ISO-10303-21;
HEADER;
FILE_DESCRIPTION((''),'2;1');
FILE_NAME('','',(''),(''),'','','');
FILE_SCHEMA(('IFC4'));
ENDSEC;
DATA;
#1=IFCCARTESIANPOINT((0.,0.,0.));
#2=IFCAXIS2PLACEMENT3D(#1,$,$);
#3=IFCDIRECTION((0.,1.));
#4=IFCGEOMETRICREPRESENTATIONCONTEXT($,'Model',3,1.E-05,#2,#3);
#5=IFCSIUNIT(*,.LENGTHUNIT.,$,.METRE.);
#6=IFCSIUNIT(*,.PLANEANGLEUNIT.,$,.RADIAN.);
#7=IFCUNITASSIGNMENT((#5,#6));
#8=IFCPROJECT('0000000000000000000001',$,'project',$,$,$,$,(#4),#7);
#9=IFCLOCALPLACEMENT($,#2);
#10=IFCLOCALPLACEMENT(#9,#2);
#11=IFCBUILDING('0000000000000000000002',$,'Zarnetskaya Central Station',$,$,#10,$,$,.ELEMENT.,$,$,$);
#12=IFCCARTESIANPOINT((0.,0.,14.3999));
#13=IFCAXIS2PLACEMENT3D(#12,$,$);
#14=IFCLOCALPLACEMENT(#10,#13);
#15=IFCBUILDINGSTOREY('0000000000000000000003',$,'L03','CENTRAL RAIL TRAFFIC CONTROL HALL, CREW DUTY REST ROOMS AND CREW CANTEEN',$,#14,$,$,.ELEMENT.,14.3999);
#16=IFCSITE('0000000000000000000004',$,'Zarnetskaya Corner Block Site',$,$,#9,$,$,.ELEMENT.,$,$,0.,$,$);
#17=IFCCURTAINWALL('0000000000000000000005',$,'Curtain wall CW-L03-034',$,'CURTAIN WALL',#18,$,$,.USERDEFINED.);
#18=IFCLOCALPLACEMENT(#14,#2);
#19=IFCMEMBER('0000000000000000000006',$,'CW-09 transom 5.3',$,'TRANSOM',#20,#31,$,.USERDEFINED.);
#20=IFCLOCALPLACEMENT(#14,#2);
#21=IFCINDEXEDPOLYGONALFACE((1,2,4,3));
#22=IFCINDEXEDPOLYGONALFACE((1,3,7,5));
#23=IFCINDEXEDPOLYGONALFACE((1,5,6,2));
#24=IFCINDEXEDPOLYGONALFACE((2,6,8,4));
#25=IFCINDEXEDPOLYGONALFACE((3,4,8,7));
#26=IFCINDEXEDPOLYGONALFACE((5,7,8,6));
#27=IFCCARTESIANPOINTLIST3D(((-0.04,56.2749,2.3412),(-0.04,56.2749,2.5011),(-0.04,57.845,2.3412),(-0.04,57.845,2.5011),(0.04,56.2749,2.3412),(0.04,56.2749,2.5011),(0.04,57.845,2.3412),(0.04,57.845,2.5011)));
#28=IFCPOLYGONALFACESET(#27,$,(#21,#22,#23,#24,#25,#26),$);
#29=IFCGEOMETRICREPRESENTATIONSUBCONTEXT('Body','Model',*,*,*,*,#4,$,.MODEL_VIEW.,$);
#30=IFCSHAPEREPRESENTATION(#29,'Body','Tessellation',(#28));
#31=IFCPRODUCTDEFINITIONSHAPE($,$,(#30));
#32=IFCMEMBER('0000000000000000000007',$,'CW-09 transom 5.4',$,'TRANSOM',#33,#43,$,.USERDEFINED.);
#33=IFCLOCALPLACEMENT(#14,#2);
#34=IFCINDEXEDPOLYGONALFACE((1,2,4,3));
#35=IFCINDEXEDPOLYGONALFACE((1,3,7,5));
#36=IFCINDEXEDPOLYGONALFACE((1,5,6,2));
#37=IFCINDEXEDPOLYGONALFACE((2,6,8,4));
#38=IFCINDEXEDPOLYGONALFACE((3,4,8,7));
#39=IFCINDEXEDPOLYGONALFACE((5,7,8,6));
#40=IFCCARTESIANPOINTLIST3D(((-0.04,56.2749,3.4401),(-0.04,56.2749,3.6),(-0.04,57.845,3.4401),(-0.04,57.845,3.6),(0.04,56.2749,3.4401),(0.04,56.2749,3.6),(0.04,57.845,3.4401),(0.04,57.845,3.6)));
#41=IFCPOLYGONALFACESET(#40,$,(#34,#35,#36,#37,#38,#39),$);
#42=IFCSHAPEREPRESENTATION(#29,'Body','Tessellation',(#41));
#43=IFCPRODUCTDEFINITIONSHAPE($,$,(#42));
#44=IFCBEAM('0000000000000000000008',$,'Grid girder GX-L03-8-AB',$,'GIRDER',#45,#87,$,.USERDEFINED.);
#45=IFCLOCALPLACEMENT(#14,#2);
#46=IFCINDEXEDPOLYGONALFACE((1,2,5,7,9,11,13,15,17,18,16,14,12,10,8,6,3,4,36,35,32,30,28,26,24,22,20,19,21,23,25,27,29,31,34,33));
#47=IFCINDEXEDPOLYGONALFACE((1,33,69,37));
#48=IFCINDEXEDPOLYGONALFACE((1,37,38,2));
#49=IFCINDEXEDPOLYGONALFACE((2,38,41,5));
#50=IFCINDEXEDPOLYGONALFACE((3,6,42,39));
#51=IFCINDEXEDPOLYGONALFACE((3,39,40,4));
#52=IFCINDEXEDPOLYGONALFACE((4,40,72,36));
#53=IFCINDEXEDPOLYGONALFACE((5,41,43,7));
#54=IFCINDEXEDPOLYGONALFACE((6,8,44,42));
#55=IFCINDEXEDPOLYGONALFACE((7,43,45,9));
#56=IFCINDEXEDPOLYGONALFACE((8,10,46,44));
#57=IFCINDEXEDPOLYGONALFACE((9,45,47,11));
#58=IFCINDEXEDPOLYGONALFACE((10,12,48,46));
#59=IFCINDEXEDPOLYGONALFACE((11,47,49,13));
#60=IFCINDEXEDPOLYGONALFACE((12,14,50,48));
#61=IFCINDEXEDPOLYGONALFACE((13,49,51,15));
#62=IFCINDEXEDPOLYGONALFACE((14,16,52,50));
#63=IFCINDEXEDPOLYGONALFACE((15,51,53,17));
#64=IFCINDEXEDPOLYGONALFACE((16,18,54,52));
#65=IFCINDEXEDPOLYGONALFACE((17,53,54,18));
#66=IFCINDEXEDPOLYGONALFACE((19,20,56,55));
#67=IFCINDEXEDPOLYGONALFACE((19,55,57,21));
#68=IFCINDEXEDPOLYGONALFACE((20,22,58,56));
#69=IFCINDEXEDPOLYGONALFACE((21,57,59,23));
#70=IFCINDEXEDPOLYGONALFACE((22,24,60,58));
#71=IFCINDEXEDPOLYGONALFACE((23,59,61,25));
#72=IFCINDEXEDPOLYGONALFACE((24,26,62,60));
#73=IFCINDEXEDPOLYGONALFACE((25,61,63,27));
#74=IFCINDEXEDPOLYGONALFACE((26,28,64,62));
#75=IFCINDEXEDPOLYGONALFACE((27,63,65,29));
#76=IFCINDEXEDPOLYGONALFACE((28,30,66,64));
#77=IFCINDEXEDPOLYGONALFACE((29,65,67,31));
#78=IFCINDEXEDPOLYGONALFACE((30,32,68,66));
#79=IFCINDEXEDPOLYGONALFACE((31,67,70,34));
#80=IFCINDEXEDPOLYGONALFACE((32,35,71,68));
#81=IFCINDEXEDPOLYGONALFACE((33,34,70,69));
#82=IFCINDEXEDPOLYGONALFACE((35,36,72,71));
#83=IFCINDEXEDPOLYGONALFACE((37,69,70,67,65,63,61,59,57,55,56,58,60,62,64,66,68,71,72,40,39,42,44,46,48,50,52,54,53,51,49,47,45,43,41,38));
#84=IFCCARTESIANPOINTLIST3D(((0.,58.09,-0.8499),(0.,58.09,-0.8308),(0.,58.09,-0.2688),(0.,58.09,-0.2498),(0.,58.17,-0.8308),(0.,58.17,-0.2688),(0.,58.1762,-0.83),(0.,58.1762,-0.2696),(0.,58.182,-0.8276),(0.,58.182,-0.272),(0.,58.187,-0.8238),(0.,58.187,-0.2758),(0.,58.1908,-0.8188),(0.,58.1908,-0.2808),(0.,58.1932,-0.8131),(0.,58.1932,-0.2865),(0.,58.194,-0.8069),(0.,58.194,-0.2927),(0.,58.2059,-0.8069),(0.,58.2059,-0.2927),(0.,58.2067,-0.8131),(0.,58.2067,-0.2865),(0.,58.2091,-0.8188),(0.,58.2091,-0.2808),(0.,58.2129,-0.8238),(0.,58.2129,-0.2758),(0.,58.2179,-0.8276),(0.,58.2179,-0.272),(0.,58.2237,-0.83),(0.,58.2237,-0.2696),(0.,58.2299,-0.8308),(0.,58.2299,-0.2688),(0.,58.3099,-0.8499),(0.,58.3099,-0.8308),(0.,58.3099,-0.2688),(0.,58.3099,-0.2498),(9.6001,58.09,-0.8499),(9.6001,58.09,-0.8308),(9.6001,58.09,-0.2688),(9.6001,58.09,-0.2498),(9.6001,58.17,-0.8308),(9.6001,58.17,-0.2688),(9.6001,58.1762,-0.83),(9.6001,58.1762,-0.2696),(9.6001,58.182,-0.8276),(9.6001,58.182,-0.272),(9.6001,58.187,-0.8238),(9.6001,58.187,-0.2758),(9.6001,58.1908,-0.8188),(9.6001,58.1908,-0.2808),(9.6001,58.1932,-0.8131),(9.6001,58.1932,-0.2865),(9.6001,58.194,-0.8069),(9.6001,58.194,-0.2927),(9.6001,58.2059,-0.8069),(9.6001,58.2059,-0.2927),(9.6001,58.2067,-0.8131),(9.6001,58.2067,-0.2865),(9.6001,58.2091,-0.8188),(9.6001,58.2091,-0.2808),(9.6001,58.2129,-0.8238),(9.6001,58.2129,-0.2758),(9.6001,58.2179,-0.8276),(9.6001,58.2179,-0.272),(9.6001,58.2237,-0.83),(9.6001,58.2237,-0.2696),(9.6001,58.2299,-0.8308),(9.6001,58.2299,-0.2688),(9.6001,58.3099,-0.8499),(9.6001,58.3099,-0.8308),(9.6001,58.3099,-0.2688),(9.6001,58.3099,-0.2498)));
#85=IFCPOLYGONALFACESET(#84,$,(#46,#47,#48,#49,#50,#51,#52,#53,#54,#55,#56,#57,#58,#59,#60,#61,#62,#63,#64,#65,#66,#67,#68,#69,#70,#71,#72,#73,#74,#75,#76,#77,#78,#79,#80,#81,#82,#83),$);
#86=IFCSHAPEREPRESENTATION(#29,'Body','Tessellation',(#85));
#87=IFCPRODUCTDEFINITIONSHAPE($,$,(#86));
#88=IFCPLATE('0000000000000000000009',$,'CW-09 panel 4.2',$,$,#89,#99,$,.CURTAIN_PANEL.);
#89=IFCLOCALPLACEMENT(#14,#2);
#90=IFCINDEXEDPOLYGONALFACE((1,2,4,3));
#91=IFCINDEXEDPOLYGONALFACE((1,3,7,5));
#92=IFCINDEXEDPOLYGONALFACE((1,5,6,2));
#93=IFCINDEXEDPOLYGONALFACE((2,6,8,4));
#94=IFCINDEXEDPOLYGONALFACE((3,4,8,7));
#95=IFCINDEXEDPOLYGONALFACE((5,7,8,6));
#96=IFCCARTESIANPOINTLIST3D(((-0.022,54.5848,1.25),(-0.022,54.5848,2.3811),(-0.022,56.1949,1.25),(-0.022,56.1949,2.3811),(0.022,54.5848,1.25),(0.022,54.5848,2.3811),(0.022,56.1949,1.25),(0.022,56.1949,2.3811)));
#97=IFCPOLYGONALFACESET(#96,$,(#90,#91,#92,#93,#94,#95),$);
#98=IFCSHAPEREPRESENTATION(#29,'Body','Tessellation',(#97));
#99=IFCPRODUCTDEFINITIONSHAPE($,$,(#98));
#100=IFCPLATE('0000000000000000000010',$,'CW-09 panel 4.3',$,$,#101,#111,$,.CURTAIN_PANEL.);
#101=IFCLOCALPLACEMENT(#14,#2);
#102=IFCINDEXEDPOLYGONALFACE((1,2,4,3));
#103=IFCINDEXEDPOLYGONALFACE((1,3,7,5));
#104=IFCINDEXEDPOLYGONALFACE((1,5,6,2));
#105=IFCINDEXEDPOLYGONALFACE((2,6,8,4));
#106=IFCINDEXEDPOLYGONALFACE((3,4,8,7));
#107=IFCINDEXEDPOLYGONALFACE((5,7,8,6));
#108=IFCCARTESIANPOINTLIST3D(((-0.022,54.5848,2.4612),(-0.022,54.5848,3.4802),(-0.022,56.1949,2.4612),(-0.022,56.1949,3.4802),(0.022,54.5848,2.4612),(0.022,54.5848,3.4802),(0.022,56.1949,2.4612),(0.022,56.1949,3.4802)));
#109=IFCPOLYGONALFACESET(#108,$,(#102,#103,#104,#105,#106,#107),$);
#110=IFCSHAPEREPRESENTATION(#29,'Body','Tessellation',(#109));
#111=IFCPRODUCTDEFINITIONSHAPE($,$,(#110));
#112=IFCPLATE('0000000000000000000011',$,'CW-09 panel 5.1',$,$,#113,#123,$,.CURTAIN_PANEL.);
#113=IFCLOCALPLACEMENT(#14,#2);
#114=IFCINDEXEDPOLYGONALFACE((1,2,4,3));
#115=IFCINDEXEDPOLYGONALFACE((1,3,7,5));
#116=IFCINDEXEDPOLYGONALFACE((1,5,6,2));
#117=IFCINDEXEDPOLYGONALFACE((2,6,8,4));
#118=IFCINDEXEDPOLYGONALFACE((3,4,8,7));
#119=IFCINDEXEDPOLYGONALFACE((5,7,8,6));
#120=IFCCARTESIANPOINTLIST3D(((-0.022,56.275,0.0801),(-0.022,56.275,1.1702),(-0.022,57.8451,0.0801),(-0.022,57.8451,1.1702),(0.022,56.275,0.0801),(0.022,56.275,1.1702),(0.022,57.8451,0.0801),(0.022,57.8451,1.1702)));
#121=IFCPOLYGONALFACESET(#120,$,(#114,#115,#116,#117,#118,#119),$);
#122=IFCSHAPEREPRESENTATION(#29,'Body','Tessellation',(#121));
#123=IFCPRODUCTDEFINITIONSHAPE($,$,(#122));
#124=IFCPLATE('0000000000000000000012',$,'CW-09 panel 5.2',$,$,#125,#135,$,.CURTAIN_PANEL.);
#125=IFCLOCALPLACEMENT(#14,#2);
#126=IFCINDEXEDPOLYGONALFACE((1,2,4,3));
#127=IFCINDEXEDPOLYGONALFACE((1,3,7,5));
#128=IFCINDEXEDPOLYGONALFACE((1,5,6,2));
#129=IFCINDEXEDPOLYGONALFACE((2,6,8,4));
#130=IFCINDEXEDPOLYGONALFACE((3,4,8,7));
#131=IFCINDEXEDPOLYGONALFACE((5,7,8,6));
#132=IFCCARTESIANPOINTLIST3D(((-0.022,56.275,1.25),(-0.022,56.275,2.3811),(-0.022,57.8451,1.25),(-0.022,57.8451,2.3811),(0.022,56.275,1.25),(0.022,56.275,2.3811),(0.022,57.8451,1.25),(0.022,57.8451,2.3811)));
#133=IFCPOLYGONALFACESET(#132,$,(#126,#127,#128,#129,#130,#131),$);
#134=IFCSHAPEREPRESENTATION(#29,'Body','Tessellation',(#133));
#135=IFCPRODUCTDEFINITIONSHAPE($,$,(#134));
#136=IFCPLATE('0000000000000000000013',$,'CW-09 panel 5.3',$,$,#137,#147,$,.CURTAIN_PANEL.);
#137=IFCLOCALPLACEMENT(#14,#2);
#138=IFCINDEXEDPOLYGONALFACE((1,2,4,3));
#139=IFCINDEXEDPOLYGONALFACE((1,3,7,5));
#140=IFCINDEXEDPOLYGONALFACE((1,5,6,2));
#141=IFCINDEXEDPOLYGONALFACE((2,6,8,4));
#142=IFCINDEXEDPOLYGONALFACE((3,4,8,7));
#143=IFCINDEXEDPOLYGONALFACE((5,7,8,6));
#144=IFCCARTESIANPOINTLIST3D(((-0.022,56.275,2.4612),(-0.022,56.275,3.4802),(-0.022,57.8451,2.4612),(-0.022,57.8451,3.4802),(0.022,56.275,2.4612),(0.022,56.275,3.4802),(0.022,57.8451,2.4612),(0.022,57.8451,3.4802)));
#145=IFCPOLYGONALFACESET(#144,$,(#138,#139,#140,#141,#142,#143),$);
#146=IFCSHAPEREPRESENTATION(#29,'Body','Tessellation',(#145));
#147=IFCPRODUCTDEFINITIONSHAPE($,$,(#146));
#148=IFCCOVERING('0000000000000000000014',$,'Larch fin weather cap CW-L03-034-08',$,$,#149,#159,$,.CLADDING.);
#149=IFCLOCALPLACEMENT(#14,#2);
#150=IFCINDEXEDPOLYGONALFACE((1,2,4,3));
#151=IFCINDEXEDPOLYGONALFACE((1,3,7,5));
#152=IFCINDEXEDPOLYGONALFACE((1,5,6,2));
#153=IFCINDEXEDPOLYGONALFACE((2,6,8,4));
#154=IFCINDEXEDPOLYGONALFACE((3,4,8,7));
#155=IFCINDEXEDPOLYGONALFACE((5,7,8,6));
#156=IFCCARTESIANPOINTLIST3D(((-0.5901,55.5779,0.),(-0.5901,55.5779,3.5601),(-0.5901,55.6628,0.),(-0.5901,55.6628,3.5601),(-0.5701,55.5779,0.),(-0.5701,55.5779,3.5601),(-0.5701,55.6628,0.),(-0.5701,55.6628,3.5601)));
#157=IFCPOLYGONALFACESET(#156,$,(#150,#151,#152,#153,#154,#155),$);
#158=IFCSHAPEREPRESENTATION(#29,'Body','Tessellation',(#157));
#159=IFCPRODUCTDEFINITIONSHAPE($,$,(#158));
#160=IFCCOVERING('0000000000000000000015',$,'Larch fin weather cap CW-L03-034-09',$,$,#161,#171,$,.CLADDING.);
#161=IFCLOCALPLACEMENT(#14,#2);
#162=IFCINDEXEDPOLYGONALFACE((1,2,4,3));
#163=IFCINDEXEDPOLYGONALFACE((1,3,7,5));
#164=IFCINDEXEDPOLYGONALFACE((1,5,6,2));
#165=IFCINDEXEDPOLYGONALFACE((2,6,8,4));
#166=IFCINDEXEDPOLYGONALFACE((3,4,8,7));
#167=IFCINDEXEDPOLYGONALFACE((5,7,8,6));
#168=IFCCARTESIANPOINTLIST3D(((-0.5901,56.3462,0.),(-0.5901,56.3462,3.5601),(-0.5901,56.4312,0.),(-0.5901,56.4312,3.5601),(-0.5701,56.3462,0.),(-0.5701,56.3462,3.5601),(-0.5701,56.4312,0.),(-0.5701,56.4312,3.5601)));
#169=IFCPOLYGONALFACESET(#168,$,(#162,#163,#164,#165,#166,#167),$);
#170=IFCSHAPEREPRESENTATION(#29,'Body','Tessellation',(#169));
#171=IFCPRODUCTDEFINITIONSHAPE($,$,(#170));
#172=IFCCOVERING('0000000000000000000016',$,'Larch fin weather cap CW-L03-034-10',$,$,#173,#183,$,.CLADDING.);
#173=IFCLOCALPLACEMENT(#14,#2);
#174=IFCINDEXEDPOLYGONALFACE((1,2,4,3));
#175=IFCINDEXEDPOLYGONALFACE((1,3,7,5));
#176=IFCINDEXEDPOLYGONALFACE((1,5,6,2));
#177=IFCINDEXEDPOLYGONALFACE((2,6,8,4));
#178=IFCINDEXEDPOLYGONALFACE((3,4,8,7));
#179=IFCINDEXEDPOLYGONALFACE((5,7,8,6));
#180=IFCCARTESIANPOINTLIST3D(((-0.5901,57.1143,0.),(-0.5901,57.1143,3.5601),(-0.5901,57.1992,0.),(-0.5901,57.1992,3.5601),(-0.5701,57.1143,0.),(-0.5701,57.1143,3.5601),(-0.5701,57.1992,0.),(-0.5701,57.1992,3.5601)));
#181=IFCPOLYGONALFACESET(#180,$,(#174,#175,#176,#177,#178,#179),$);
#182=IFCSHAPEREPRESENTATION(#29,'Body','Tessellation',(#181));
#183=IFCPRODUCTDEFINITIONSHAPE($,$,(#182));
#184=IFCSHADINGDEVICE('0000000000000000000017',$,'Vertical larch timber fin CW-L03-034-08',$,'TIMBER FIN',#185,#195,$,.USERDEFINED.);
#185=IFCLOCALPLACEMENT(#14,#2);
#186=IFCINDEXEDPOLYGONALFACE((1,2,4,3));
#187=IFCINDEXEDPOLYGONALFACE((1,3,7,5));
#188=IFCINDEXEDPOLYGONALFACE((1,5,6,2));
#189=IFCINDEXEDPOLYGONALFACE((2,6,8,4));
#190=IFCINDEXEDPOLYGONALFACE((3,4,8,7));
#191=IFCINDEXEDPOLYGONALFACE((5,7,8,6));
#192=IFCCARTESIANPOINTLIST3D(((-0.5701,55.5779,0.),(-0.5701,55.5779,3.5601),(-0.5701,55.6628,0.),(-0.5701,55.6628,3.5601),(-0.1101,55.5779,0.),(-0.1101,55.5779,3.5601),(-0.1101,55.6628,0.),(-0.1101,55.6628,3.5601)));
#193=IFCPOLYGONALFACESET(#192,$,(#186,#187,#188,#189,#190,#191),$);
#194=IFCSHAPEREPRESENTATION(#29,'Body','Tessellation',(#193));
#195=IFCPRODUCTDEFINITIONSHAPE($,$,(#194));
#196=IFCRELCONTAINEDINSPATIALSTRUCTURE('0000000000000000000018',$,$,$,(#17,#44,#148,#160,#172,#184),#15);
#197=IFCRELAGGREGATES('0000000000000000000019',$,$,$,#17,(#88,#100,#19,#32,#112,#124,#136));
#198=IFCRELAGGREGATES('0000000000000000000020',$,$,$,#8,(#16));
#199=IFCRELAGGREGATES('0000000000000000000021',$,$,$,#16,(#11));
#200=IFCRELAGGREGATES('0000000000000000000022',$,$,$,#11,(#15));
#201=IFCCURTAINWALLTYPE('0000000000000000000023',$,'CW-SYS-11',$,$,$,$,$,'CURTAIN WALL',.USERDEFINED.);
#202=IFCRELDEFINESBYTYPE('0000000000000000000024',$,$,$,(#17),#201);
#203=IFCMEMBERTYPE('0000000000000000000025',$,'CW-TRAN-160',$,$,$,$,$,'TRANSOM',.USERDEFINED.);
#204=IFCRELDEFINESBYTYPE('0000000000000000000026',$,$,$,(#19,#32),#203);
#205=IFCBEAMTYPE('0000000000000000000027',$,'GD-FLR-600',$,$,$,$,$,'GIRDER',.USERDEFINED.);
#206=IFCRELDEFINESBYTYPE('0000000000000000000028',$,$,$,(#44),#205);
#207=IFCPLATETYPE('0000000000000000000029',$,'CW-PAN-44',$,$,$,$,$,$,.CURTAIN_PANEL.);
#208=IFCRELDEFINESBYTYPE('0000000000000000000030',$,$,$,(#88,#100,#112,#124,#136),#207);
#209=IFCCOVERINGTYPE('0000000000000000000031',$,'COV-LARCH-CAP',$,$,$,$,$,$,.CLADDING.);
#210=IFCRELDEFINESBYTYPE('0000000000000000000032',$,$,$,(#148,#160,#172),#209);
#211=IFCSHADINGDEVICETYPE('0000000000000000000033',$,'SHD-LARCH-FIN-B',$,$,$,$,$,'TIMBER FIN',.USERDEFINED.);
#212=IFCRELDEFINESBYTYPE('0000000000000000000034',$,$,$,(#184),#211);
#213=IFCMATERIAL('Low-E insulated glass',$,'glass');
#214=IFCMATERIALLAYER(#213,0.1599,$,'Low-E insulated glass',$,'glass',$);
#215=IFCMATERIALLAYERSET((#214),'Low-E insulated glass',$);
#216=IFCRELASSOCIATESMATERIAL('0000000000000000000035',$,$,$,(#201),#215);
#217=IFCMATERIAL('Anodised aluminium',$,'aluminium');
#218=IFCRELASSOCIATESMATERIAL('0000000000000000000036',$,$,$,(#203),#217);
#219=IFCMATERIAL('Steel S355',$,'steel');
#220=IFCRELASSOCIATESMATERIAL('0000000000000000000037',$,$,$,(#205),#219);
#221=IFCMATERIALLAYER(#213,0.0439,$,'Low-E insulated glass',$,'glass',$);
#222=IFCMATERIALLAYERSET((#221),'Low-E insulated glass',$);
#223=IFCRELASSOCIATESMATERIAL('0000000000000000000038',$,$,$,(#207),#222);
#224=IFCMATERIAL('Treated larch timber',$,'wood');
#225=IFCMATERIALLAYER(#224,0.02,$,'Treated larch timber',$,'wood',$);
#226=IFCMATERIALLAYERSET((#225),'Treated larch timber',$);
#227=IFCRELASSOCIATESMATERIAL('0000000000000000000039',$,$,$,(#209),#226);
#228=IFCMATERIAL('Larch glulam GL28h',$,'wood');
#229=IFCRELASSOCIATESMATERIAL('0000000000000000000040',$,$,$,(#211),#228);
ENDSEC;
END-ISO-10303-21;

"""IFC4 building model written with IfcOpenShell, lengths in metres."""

from ifc_helpers import new_model, si_unit, direction, frame, origin, origin_2d, place, context, subcontext, project, spatial, rectangle, i_section, extrude, material, layer, layer_set, material_profile, profile_set, type_object, element, aggregate, save


model = new_model("IFC4")

# Units and contexts
model_context = context("Model", 3, precision=1e-05, world=origin(), true_north=direction((0.0, 1.0)))
body_context = subcontext(model_context, "Body", "Model", "MODEL_VIEW")
ifc_project = project(units=[si_unit("LENGTHUNIT", "METRE"), si_unit("PLANEANGLEUNIT", "RADIAN")], contexts=[model_context])

# Site, building, storey
site_placement = place(None, origin())
site = spatial("IfcSite", under=ifc_project, at=site_placement, Name="Zarnetskaya Corner Block Site", CompositionType="ELEMENT", RefElevation=0.0)
building_placement = place(site_placement, origin())
building = spatial("IfcBuilding", under=site, at=building_placement, Name="Zarnetskaya Central Station", CompositionType="ELEMENT")
storey_placement = place(building_placement, frame((0.0, 0.0, 14.3999)))
storey = spatial("IfcBuildingStorey", under=building, at=storey_placement, Name="L03", Description="CENTRAL RAIL TRAFFIC CONTROL HALL, CREW DUTY REST ROOMS AND CREW CANTEEN", CompositionType="ELEMENT", Elevation=14.3999)

# Shared definitions
ifc_material_1 = material(Name="Steel S355", Category="steel")

# Shared definitions
ifc_material_2 = material(Name="Low-E insulated glass", Category="glass")
ifc_material_3 = material(Name="Anodised aluminium", Category="aluminium")

# Curtain wall
ifc_layer_1 = layer(ifc_material_2, 0.1599, Name="Low-E insulated glass", Category="glass")
ifc_layer_set_1 = layer_set([ifc_layer_1], Name="Low-E insulated glass")
curtain_wall_type_1 = type_object("IfcCurtainWallType", Name="CW-SYS-11", ElementType="CURTAIN WALL", PredefinedType="USERDEFINED", material=ifc_layer_set_1)
curtain_wall_1_placement = place(storey_placement, origin())
curtain_wall_1 = element("IfcCurtainWall", 1, at=curtain_wall_1_placement, inside=storey, type_object=curtain_wall_type_1, Name="Curtain wall CW-L03-034", ObjectType="CURTAIN WALL", PredefinedType="USERDEFINED")

# Members
ifc_material_profile_1 = material_profile(ifc_material_3, rectangle(XDim=0.0801, YDim=0.1599, at=origin_2d()), Name="ALU TRAN 80x160")
ifc_profile_set_1 = profile_set([ifc_material_profile_1], Name="Anodised aluminium")
member_type_1 = type_object("IfcMemberType", Name="CW-TRAN-160", ElementType="TRANSOM", PredefinedType="USERDEFINED", material=ifc_profile_set_1)
member_1_placement = place(storey_placement, frame((0.0, 56.2749, 2.4211), z_axis=(0.0, 1.0, 0.0), x_axis=(-1.0, 0.0, 0.0)))
member_1 = element("IfcMember", 2, at=member_1_placement, type_object=member_type_1, Name="CW-09 transom 5.3", ObjectType="TRANSOM", PredefinedType="USERDEFINED", context=body_context, shape_type="SweptSolid", body=[
    extrude(rectangle(XDim=0.0801, YDim=0.1599, at=origin_2d()), origin(), (0.0, 0.0, 1.0), 1.5701),
])
member_2_placement = place(storey_placement, frame((0.0, 56.2749, 3.52), z_axis=(0.0, 1.0, 0.0), x_axis=(-1.0, 0.0, 0.0)))
member_2 = element("IfcMember", 3, at=member_2_placement, type_object=member_type_1, Name="CW-09 transom 5.4", ObjectType="TRANSOM", PredefinedType="USERDEFINED", context=body_context, shape_type="SweptSolid", body=[
    extrude(rectangle(XDim=0.0801, YDim=0.1599, at=origin_2d()), origin(), (0.0, 0.0, 1.0), 1.5701),
])

# Beam
ifc_material_profile_2 = material_profile(ifc_material_1, i_section(OverallWidth=0.22, OverallDepth=0.6001, WebThickness=0.012, FlangeThickness=0.019, FilletRadius=0.0239, at=origin_2d()), Name="IPE 600")
ifc_profile_set_2 = profile_set([ifc_material_profile_2], Name="Steel S355")
beam_type_1 = type_object("IfcBeamType", Name="GD-FLR-600", ElementType="GIRDER", PredefinedType="USERDEFINED", material=ifc_profile_set_2)
beam_1_placement = place(storey_placement, frame((0.0, 58.2, -0.5498), z_axis=(1.0, 0.0, 0.0), x_axis=(0.0, 1.0, 0.0)))
element("IfcBeam", 4, at=beam_1_placement, inside=storey, type_object=beam_type_1, Name="Grid girder GX-L03-8-AB", ObjectType="GIRDER", PredefinedType="USERDEFINED", context=body_context, shape_type="SweptSolid", body=[
    extrude(i_section(OverallWidth=0.22, OverallDepth=0.6001, WebThickness=0.012, FlangeThickness=0.019, FilletRadius=0.0239, at=origin_2d()), origin(), (0.0, 0.0, 1.0), 9.6001),
])

# Plates
ifc_layer_2 = layer(ifc_material_2, 0.0439, Name="Low-E insulated glass", Category="glass")
ifc_layer_set_2 = layer_set([ifc_layer_2], Name="Low-E insulated glass")
plate_type = type_object("IfcPlateType", Name="CW-PAN-44", PredefinedType="CURTAIN_PANEL", material=ifc_layer_set_2)
plate_1_placement = place(storey_placement, frame((0.0, 55.3899, 1.25), z_axis=(0.0, 0.0, 1.0), x_axis=(0.0, 1.0, 0.0)))
plate_1 = element("IfcPlate", 5, at=plate_1_placement, type_object=plate_type, Name="CW-09 panel 4.2", PredefinedType="CURTAIN_PANEL", context=body_context, shape_type="SweptSolid", body=[
    extrude(rectangle(XDim=1.6101, YDim=0.0439, at=origin_2d()), origin(), (0.0, 0.0, 1.0), 1.1311),
])
plate_2_placement = place(storey_placement, frame((0.0, 55.3899, 2.4612), z_axis=(0.0, 0.0, 1.0), x_axis=(0.0, 1.0, 0.0)))
plate_2 = element("IfcPlate", 6, at=plate_2_placement, type_object=plate_type, Name="CW-09 panel 4.3", PredefinedType="CURTAIN_PANEL", context=body_context, shape_type="SweptSolid", body=[
    extrude(rectangle(XDim=1.6101, YDim=0.0439, at=origin_2d()), origin(), (0.0, 0.0, 1.0), 1.019),
])
plate_3_placement = place(storey_placement, frame((0.0, 57.0601, 0.0801), z_axis=(0.0, 0.0, 1.0), x_axis=(0.0, 1.0, 0.0)))
plate_3 = element("IfcPlate", 7, at=plate_3_placement, type_object=plate_type, Name="CW-09 panel 5.1", PredefinedType="CURTAIN_PANEL", context=body_context, shape_type="SweptSolid", body=[
    extrude(rectangle(XDim=1.5701, YDim=0.0439, at=origin_2d()), origin(), (0.0, 0.0, 1.0), 1.0901),
])
plate_4_placement = place(storey_placement, frame((0.0, 57.0601, 1.25), z_axis=(0.0, 0.0, 1.0), x_axis=(0.0, 1.0, 0.0)))
plate_4 = element("IfcPlate", 8, at=plate_4_placement, type_object=plate_type, Name="CW-09 panel 5.2", PredefinedType="CURTAIN_PANEL", context=body_context, shape_type="SweptSolid", body=[
    extrude(rectangle(XDim=1.5701, YDim=0.0439, at=origin_2d()), origin(), (0.0, 0.0, 1.0), 1.1311),
])
plate_5_placement = place(storey_placement, frame((0.0, 57.0601, 2.4612), z_axis=(0.0, 0.0, 1.0), x_axis=(0.0, 1.0, 0.0)))
plate_5 = element("IfcPlate", 9, at=plate_5_placement, type_object=plate_type, Name="CW-09 panel 5.3", PredefinedType="CURTAIN_PANEL", context=body_context, shape_type="SweptSolid", body=[
    extrude(rectangle(XDim=1.5701, YDim=0.0439, at=origin_2d()), origin(), (0.0, 0.0, 1.0), 1.019),
])
aggregate(curtain_wall_1, [plate_1, plate_2, member_1, member_2, plate_3, plate_4, plate_5])

# Coverings
ifc_material_4 = material(Name="Treated larch timber", Category="wood")
ifc_layer_3 = layer(ifc_material_4, 0.02, Name="Treated larch timber", Category="wood")
ifc_layer_set_3 = layer_set([ifc_layer_3], Name="Treated larch timber")
covering_type = type_object("IfcCoveringType", Name="COV-LARCH-CAP", PredefinedType="CLADDING", material=ifc_layer_set_3)
for number, where, z_axis, x_axis, name in (
    (10, (-0.5801, 55.6204, 0.0), (0.0, 0.0, 1.0), (0.0, 1.0, 0.0), "Larch fin weather cap CW-L03-034-08"),
    (11, (-0.5801, 56.3887, 0.0), (0.0, 0.0, 1.0), (0.0, 1.0, 0.0), "Larch fin weather cap CW-L03-034-09"),
    (12, (-0.5801, 57.1567, 0.0), (0.0, 0.0, 1.0), (0.0, 1.0, 0.0), "Larch fin weather cap CW-L03-034-10"),
):
    element("IfcCovering", number, at=place(storey_placement, frame(where, z_axis=z_axis, x_axis=x_axis)), inside=storey, type_object=covering_type, Name=name, PredefinedType="CLADDING", context=body_context, shape_type="SweptSolid", body=[
        extrude(rectangle(XDim=0.085, YDim=0.02, at=origin_2d()), origin(), (0.0, 0.0, 1.0), 3.5601),
    ])

# Shading device
ifc_material_5 = material(Name="Larch glulam GL28h", Category="wood")
shading_device_type = type_object("IfcShadingDeviceType", Name="SHD-LARCH-FIN-B", ElementType="TIMBER FIN", PredefinedType="USERDEFINED", material=ifc_material_5)
for number, where, z_axis, x_axis, name in (
    (13, (-0.3401, 55.6204, 0.0), (0.0, 0.0, 1.0), (0.0, 1.0, 0.0), "Vertical larch timber fin CW-L03-034-08"),
):
    element("IfcShadingDevice", number, at=place(storey_placement, frame(where, z_axis=z_axis, x_axis=x_axis)), inside=storey, type_object=shading_device_type, Name=name, ObjectType="TIMBER FIN", PredefinedType="USERDEFINED", context=body_context, shape_type="SweptSolid", body=[
        extrude(rectangle(XDim=0.085, YDim=0.46, at=origin_2d()), origin(), (0.0, 0.0, 1.0), 3.5601),
    ])

save(model, "model.ifc")
